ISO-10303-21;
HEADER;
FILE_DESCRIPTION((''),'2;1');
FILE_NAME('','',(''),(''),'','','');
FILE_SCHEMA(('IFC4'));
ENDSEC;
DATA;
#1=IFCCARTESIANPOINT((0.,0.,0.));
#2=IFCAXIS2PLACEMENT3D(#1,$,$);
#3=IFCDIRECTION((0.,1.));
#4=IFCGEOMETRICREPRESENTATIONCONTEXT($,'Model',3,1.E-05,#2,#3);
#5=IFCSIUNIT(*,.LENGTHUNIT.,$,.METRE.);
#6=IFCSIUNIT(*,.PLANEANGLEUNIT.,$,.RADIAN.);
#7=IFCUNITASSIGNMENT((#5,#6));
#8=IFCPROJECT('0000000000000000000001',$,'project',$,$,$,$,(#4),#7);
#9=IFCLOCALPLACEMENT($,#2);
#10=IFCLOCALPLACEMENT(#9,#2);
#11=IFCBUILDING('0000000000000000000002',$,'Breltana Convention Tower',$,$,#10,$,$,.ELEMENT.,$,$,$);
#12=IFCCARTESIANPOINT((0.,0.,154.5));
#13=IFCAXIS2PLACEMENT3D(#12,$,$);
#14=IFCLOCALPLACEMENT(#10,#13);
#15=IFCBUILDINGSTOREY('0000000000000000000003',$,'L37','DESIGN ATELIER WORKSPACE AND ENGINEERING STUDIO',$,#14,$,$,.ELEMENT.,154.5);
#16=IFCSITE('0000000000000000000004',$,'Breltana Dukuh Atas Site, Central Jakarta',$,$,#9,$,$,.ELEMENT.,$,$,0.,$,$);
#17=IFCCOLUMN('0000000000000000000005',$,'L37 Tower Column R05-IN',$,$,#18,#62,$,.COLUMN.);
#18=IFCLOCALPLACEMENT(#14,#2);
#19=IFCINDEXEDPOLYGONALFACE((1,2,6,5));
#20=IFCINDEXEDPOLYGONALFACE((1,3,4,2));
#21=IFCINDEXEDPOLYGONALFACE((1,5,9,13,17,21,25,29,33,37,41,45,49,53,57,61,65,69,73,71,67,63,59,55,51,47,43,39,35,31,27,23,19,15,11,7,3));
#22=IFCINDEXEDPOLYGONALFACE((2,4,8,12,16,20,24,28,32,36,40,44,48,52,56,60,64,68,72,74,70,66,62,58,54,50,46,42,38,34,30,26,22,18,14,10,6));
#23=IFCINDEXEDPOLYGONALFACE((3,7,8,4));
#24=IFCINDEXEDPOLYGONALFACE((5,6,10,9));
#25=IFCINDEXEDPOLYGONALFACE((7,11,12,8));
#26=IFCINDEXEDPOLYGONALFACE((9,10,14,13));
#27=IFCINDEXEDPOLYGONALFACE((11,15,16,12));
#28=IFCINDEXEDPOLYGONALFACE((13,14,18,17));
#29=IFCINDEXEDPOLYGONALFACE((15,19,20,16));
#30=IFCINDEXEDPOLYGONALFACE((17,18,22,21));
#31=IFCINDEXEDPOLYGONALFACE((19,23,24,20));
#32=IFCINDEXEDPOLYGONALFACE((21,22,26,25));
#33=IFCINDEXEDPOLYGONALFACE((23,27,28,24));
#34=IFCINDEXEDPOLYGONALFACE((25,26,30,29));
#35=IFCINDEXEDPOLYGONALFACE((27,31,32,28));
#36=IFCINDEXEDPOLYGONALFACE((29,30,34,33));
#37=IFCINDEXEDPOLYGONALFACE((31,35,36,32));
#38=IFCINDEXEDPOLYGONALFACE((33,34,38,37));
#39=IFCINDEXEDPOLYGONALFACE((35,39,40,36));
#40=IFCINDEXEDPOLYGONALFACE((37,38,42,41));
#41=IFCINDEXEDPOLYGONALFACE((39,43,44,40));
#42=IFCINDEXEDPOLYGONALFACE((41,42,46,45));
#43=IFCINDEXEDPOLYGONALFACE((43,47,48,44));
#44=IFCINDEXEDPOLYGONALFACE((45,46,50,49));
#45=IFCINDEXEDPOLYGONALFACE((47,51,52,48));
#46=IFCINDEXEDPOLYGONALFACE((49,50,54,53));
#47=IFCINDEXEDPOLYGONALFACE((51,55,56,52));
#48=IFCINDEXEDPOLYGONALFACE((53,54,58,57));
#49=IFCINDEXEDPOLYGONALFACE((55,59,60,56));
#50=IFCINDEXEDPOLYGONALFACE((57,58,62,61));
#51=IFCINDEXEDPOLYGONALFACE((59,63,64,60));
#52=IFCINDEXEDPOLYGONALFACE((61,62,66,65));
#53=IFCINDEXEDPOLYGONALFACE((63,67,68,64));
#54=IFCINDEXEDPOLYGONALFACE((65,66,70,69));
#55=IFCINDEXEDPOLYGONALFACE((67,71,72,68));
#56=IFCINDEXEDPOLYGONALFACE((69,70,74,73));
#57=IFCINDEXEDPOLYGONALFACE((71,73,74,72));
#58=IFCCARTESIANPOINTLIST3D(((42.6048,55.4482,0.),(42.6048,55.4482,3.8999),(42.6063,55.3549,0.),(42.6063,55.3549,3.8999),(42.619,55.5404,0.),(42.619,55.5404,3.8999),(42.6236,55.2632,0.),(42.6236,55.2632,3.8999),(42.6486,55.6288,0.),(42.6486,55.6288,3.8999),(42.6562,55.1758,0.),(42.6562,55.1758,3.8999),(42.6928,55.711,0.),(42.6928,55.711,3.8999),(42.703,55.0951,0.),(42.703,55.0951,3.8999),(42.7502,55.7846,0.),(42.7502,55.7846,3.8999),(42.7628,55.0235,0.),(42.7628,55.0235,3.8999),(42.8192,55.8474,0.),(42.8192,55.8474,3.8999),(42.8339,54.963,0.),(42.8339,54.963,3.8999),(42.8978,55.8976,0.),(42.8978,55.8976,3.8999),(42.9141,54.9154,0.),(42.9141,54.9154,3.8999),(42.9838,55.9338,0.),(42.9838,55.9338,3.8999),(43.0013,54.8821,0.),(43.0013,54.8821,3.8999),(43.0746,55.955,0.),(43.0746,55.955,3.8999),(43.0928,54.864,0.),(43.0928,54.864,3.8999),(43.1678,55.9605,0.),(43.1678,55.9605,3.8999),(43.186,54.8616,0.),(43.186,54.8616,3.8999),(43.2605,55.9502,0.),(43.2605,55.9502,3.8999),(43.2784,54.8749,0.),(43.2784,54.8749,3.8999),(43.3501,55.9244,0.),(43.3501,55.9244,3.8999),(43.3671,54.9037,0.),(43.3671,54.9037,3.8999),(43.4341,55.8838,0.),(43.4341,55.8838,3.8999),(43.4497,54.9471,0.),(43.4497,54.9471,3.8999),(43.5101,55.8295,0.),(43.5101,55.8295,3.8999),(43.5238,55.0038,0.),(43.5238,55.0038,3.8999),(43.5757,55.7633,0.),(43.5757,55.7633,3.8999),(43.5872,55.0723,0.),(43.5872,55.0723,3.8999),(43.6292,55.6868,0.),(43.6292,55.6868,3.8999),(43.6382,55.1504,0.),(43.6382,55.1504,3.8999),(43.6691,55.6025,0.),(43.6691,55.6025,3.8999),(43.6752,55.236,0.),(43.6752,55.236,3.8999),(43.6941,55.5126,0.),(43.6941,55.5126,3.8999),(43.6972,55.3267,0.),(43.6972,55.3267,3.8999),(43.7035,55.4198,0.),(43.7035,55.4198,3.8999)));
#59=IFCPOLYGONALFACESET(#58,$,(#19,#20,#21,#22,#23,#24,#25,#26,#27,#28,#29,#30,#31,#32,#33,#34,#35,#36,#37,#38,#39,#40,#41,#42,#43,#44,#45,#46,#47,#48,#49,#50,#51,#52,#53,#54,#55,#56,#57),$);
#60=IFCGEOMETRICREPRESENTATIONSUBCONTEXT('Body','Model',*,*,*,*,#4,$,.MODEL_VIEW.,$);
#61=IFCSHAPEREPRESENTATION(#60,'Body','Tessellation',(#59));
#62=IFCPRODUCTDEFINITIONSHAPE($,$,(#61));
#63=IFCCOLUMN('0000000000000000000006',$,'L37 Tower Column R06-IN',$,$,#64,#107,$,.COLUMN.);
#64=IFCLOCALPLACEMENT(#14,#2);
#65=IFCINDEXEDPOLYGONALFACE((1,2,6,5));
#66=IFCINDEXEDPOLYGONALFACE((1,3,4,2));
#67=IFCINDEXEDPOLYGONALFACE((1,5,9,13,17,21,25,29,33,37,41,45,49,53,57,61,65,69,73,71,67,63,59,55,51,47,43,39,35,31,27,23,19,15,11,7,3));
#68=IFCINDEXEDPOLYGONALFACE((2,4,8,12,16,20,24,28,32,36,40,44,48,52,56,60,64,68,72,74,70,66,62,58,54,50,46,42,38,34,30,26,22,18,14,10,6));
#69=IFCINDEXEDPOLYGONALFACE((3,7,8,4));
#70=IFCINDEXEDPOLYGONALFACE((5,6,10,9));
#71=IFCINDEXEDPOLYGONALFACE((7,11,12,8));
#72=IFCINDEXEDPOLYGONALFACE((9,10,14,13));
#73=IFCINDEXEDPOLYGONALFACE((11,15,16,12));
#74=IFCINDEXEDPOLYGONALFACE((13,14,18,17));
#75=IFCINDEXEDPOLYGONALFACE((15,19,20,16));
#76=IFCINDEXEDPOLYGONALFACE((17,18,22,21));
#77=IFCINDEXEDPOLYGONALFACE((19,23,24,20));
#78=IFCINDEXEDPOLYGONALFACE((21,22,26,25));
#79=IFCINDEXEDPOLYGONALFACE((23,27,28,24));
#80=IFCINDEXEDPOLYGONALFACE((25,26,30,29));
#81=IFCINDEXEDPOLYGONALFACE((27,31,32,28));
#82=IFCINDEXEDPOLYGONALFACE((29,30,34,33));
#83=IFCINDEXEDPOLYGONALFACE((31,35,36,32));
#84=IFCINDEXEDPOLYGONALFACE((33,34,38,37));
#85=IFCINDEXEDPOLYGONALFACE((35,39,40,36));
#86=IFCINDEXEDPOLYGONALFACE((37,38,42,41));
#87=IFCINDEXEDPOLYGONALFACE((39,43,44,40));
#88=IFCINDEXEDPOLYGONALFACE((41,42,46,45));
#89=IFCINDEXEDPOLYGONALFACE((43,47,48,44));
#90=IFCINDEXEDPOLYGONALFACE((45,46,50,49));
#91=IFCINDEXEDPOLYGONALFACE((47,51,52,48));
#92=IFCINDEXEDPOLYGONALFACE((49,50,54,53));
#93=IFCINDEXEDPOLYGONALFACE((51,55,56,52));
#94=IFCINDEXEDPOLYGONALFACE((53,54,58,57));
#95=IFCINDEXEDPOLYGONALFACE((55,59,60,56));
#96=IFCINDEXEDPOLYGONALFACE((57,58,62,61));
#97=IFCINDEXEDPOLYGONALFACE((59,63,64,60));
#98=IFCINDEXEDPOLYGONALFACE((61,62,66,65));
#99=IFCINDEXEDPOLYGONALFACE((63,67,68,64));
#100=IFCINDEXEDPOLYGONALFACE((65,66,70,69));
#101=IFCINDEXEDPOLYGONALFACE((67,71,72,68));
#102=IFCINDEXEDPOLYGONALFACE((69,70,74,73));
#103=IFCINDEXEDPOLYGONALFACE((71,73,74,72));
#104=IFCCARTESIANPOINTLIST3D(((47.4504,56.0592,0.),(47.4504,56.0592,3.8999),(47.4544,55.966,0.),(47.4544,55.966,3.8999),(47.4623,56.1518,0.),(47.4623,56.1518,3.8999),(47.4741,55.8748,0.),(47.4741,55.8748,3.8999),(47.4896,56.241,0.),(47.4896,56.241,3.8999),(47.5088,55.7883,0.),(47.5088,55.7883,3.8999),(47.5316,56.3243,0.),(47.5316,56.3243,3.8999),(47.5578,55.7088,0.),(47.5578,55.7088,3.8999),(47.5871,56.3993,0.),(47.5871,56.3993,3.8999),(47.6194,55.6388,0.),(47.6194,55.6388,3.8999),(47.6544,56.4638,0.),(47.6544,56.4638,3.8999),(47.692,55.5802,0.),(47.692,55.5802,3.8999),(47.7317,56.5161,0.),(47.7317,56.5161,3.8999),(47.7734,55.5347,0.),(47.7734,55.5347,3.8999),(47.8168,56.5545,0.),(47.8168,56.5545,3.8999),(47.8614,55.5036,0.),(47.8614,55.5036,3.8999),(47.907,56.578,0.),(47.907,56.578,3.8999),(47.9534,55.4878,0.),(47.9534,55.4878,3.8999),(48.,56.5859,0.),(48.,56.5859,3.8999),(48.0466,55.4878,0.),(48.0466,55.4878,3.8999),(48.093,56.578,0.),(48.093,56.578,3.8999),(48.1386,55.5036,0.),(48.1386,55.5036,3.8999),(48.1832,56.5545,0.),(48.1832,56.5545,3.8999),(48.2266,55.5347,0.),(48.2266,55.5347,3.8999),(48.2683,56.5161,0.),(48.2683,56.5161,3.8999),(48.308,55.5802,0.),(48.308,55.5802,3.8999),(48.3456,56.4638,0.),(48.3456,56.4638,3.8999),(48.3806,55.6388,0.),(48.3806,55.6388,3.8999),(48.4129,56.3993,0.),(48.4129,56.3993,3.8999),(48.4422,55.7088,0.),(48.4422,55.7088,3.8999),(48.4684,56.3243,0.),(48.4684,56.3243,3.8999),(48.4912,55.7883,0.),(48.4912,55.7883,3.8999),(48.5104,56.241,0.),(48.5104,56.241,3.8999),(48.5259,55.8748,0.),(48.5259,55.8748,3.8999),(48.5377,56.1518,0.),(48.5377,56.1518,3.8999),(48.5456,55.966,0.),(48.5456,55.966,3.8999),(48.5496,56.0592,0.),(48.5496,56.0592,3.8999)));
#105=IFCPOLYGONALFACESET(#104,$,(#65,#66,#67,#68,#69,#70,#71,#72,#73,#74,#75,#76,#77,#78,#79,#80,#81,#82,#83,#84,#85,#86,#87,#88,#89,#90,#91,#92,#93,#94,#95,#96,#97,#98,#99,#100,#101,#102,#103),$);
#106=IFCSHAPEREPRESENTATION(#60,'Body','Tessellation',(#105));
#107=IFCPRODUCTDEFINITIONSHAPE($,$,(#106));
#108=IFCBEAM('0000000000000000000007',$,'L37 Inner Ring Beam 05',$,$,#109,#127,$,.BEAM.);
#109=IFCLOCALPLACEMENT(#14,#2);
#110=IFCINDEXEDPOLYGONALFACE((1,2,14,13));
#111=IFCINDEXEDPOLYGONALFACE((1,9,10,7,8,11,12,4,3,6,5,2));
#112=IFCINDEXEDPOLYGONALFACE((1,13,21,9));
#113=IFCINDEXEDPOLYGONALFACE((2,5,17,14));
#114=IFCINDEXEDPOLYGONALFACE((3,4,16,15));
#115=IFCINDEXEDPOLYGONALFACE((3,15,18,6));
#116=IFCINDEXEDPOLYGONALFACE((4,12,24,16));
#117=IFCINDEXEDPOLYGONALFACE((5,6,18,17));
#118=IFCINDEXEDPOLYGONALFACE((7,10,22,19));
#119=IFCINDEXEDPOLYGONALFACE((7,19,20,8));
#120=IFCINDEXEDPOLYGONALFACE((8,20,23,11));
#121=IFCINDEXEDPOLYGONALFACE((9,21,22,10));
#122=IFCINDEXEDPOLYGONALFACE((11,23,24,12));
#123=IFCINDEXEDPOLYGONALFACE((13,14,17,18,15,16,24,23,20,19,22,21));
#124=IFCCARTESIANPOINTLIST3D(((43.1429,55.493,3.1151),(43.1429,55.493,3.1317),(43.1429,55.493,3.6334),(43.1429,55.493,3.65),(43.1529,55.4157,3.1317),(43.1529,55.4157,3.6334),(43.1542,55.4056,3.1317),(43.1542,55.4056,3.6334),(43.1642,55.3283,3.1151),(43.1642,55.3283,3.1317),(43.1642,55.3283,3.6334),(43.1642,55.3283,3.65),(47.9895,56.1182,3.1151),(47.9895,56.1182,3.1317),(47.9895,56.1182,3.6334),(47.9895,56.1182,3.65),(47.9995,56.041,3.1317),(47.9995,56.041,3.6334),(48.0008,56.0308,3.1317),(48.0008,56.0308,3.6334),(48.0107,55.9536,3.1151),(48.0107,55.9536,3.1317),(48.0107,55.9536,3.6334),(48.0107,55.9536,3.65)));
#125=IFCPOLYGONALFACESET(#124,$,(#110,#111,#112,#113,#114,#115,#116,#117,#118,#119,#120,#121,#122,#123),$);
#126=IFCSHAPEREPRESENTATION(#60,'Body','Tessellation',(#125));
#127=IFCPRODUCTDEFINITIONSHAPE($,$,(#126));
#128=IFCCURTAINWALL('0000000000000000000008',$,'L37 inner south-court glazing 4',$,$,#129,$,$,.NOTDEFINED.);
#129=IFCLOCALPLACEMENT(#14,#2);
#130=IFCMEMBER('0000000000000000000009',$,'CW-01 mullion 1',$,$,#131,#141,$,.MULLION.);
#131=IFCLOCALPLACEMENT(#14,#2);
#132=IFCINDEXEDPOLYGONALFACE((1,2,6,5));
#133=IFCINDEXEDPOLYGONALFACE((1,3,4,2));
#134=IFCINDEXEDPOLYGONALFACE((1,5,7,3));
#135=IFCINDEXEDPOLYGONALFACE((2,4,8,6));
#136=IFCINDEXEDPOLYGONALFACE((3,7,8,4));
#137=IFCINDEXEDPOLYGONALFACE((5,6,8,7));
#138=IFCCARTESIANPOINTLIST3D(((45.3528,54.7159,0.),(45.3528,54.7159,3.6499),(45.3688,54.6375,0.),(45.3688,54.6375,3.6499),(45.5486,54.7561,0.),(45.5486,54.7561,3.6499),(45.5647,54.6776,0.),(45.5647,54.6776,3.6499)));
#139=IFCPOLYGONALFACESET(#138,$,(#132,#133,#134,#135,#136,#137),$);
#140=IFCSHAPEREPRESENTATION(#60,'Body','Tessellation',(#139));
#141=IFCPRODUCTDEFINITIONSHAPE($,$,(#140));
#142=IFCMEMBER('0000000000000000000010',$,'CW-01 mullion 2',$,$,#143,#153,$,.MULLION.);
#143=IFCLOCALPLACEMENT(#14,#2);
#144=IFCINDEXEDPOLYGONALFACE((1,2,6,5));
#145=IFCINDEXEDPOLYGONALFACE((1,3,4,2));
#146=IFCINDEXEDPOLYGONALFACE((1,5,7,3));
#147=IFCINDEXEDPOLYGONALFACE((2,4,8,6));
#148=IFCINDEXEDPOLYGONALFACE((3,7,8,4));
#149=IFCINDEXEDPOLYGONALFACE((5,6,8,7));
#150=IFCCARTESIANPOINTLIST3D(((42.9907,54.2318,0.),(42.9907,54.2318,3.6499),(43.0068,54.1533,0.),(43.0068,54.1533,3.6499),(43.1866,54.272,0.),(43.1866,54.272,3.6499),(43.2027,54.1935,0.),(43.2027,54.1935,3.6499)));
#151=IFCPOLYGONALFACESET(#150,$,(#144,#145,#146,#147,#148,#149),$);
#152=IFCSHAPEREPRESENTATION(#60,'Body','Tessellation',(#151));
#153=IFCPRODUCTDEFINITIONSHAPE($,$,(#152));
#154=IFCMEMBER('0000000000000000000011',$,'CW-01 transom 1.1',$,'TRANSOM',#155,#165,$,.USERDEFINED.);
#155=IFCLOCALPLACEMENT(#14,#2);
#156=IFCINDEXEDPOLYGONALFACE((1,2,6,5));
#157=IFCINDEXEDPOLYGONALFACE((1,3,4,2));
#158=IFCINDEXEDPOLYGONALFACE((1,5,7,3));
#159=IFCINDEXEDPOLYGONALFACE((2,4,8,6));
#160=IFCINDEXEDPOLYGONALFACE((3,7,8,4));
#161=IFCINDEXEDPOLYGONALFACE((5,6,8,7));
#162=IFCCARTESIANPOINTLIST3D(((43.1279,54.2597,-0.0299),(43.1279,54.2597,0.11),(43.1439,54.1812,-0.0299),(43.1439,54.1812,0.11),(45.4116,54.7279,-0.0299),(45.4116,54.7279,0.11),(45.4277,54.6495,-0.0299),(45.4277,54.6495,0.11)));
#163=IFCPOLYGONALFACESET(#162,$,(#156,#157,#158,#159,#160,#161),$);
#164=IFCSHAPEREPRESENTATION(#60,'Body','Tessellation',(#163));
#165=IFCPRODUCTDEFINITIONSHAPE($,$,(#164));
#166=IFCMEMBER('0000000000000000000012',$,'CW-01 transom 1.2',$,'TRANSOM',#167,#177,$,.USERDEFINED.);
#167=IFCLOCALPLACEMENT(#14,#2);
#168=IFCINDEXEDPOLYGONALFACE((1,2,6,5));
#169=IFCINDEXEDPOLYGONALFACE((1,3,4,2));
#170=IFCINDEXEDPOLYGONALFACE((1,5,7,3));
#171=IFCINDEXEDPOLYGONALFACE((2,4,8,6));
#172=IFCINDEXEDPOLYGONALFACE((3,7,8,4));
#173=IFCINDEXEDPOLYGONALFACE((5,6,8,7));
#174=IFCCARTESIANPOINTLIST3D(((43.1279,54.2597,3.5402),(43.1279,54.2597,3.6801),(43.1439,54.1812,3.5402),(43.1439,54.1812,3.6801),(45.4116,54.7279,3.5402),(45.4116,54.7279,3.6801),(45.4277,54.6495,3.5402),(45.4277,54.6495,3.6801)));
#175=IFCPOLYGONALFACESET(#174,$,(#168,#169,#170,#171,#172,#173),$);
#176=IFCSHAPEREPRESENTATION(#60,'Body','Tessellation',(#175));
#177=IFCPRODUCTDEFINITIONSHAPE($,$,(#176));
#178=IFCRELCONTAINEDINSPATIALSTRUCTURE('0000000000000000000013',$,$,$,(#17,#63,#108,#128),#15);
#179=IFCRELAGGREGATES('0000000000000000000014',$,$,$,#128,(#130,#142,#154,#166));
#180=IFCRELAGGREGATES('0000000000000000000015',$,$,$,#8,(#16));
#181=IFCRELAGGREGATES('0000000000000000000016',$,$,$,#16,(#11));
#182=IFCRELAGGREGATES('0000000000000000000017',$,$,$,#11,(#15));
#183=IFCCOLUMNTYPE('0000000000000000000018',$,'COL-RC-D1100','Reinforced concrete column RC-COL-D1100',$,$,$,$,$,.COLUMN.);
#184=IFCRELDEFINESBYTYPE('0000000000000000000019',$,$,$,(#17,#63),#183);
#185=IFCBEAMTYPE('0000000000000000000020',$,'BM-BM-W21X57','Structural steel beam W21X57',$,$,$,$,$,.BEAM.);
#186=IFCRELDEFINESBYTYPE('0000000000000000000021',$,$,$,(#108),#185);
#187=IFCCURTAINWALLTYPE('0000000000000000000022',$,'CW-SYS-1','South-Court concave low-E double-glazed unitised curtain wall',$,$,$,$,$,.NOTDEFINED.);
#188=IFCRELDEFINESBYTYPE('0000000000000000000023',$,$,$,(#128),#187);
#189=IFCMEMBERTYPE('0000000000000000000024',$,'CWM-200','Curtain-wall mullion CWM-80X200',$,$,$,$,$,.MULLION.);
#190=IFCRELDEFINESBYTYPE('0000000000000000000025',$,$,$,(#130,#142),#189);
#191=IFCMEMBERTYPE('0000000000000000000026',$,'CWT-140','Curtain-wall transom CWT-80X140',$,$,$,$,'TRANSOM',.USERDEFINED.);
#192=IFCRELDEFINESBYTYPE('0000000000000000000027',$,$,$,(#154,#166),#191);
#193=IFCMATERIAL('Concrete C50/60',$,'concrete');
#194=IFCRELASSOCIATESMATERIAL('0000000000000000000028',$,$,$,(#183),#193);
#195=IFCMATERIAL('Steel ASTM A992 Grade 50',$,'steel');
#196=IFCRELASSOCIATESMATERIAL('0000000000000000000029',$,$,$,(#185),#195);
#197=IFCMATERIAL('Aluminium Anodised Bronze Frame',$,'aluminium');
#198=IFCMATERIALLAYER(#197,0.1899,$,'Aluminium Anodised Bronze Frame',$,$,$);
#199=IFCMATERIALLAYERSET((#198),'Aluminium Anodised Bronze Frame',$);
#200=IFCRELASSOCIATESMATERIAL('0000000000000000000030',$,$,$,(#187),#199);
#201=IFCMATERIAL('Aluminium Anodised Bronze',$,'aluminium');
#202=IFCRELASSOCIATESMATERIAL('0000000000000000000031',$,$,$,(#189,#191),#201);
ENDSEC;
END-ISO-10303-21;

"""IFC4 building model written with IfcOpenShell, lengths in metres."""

from ifc_helpers import new_model, si_unit, direction, frame, origin, origin_2d, place, context, subcontext, project, spatial, rectangle, circle, i_section, extrude, source, transform, mapped, material, layer, layer_set, material_profile, profile_set, type_object, element, aggregate, save


model = new_model("IFC4")

# Units and contexts
model_context = context("Model", 3, precision=1e-05, world=origin(), true_north=direction((0.0, 1.0)))
body_context = subcontext(model_context, "Body", "Model", "MODEL_VIEW")
ifc_project = project(units=[si_unit("LENGTHUNIT", "METRE"), si_unit("PLANEANGLEUNIT", "RADIAN")], contexts=[model_context])

# Site, building, storey
site_placement = place(None, origin())
site = spatial("IfcSite", under=ifc_project, at=site_placement, Name="Breltana Dukuh Atas Site, Central Jakarta", CompositionType="ELEMENT", RefElevation=0.0)
building_placement = place(site_placement, origin())
building = spatial("IfcBuilding", under=site, at=building_placement, Name="Breltana Convention Tower", CompositionType="ELEMENT")
storey_placement = place(building_placement, frame((0.0, 0.0, 154.5)))
storey = spatial("IfcBuildingStorey", under=building, at=storey_placement, Name="L37", Description="DESIGN ATELIER WORKSPACE AND ENGINEERING STUDIO", CompositionType="ELEMENT", Elevation=154.5)

# Columns
ifc_material_1 = material(Name="Concrete C50/60", Category="concrete")
ifc_material_profile_1 = material_profile(ifc_material_1, circle(Radius=0.55, at=origin_2d()), Name="RC-COL-D1100")
ifc_profile_set_1 = profile_set([ifc_material_profile_1], Name="Concrete C50/60")
column_type = type_object("IfcColumnType", Name="COL-RC-D1100", Description="Reinforced concrete column RC-COL-D1100", PredefinedType="COLUMN", material=ifc_profile_set_1)
shared_shape_1 = source(origin(), body_context, "Body", "SweptSolid", [
    extrude(circle(Radius=0.55, at=origin_2d()), origin(), (0.0, 0.0, 1.0), 3.8999),
])
for number, where, z_axis, x_axis, name in (
    (1, (43.1536, 55.4106, 0.0), (0.0, 0.0, 1.0), (-0.143493, 0.989651, 0.0), "L37 Tower Column R05-IN"),
    (2, (48.0, 56.0359, 0.0), (0.0, 0.0, 1.0), (0.0, 1.0, 0.0), "L37 Tower Column R06-IN"),
):
    element("IfcColumn", number, at=place(storey_placement, frame(where, z_axis=z_axis, x_axis=x_axis)), inside=storey, type_object=column_type, Name=name, PredefinedType="COLUMN", context=body_context, shape_type="MappedRepresentation", body=[
        mapped(shared_shape_1, transform((0.0, 0.0, 0.0), scale=1.0)),
    ])

# Beam
ifc_material_2 = material(Name="Steel ASTM A992 Grade 50", Category="steel")
ifc_material_profile_2 = material_profile(ifc_material_2, i_section(OverallWidth=0.166, OverallDepth=0.5349, WebThickness=0.0103, FlangeThickness=0.0166, at=origin_2d()), Name="W21X57")
ifc_profile_set_2 = profile_set([ifc_material_profile_2], Name="Steel ASTM A992 Grade 50")
beam_type = type_object("IfcBeamType", Name="BM-BM-W21X57", Description="Structural steel beam W21X57", PredefinedType="BEAM", material=ifc_profile_set_2)
shared_shape_2 = source(origin(), body_context, "Body", "SweptSolid", [
    extrude(i_section(OverallWidth=0.166, OverallDepth=0.5349, WebThickness=0.0103, FlangeThickness=0.0166, at=origin_2d()), origin(), (0.0, 0.0, 1.0), 4.8867),
])
beam_placement = place(storey_placement, frame((43.1536, 55.4106, 3.3826), z_axis=(0.991781, 0.127951, 0.0), x_axis=(-0.127951, 0.991781, 0.0)))
element("IfcBeam", 3, at=beam_placement, inside=storey, type_object=beam_type, Name="L37 Inner Ring Beam 05", PredefinedType="BEAM", context=body_context, shape_type="MappedRepresentation", body=[
    mapped(shared_shape_2, transform((0.0, 0.0, 0.0), scale=1.0)),
])

# Curtain wall, members
ifc_material_3 = material(Name="Aluminium Anodised Bronze Frame", Category="aluminium")
ifc_layer_1 = layer(ifc_material_3, 0.1899, Name="Aluminium Anodised Bronze Frame")
ifc_layer_set_1 = layer_set([ifc_layer_1], Name="Aluminium Anodised Bronze Frame")
curtain_wall_type = type_object("IfcCurtainWallType", Name="CW-SYS-1", Description="South-Court concave low-E double-glazed unitised curtain wall", PredefinedType="NOTDEFINED", material=ifc_layer_set_1)
curtain_wall_placement = place(storey_placement, origin())
curtain_wall = element("IfcCurtainWall", 4, at=curtain_wall_placement, inside=storey, type_object=curtain_wall_type, Name="L37 inner south-court glazing 4", PredefinedType="NOTDEFINED")
ifc_material_4 = material(Name="Aluminium Anodised Bronze", Category="aluminium")
ifc_material_profile_3 = material_profile(ifc_material_4, rectangle(XDim=0.0801, YDim=0.2, at=origin_2d()), Name="CWM-80X200")
ifc_profile_set_3 = profile_set([ifc_material_profile_3], Name="Aluminium Anodised Bronze")
member_type_1 = type_object("IfcMemberType", Name="CWM-200", Description="Curtain-wall mullion CWM-80X200", PredefinedType="MULLION", material=ifc_profile_set_3)
shared_shape_3 = source(origin(), body_context, "Body", "SweptSolid", [
    extrude(rectangle(XDim=0.0801, YDim=0.2, at=origin_2d()), origin(), (0.0, 0.0, 1.0), 3.6499),
])
member_1_placement = place(storey_placement, frame((45.4587, 54.6968, 0.0), z_axis=(0.0, 0.0, 1.0), x_axis=(0.200861, -0.97962, 0.0)))
member_1 = element("IfcMember", 5, at=member_1_placement, type_object=member_type_1, Name="CW-01 mullion 1", PredefinedType="MULLION", context=body_context, shape_type="MappedRepresentation", body=[
    mapped(shared_shape_3, transform((0.0, 0.0, 0.0), scale=1.0)),
])
member_2_placement = place(storey_placement, frame((43.0967, 54.2126, 0.0), z_axis=(0.0, 0.0, 1.0), x_axis=(0.200861, -0.97962, 0.0)))
member_2 = element("IfcMember", 6, at=member_2_placement, type_object=member_type_1, Name="CW-01 mullion 2", PredefinedType="MULLION", context=body_context, shape_type="MappedRepresentation", body=[
    mapped(shared_shape_3, transform((0.0, 0.0, 0.0), scale=1.0)),
])
ifc_material_profile_4 = material_profile(ifc_material_4, rectangle(XDim=0.0801, YDim=0.1399, at=origin_2d()), Name="CWT-80X140")
ifc_profile_set_4 = profile_set([ifc_material_profile_4], Name="Aluminium Anodised Bronze")
member_type_2 = type_object("IfcMemberType", Name="CWT-140", Description="Curtain-wall transom CWT-80X140", ElementType="TRANSOM", PredefinedType="USERDEFINED", material=ifc_profile_set_4)
shared_shape_4 = source(origin(), body_context, "Body", "SweptSolid", [
    extrude(rectangle(XDim=0.0801, YDim=0.1399, at=origin_2d()), origin(), (0.0, 0.0, 1.0), 2.3313),
])
member_3_placement = place(storey_placement, frame((45.4197, 54.6887, 0.04), z_axis=(-0.979619, -0.200867, 0.0), x_axis=(0.200867, -0.979619, 0.0)))
member_3 = element("IfcMember", 7, at=member_3_placement, type_object=member_type_2, Name="CW-01 transom 1.1", ObjectType="TRANSOM", PredefinedType="USERDEFINED", context=body_context, shape_type="MappedRepresentation", body=[
    mapped(shared_shape_4, transform((0.0, 0.0, 0.0), scale=1.0)),
])
member_4_placement = place(storey_placement, frame((45.4197, 54.6887, 3.6101), z_axis=(-0.979619, -0.200867, 0.0), x_axis=(0.200867, -0.979619, 0.0)))
member_4 = element("IfcMember", 8, at=member_4_placement, type_object=member_type_2, Name="CW-01 transom 1.2", ObjectType="TRANSOM", PredefinedType="USERDEFINED", context=body_context, shape_type="MappedRepresentation", body=[
    mapped(shared_shape_4, transform((0.0, 0.0, 0.0), scale=1.0)),
])
aggregate(curtain_wall, [member_1, member_2, member_3, member_4])

save(model, "model.ifc")
